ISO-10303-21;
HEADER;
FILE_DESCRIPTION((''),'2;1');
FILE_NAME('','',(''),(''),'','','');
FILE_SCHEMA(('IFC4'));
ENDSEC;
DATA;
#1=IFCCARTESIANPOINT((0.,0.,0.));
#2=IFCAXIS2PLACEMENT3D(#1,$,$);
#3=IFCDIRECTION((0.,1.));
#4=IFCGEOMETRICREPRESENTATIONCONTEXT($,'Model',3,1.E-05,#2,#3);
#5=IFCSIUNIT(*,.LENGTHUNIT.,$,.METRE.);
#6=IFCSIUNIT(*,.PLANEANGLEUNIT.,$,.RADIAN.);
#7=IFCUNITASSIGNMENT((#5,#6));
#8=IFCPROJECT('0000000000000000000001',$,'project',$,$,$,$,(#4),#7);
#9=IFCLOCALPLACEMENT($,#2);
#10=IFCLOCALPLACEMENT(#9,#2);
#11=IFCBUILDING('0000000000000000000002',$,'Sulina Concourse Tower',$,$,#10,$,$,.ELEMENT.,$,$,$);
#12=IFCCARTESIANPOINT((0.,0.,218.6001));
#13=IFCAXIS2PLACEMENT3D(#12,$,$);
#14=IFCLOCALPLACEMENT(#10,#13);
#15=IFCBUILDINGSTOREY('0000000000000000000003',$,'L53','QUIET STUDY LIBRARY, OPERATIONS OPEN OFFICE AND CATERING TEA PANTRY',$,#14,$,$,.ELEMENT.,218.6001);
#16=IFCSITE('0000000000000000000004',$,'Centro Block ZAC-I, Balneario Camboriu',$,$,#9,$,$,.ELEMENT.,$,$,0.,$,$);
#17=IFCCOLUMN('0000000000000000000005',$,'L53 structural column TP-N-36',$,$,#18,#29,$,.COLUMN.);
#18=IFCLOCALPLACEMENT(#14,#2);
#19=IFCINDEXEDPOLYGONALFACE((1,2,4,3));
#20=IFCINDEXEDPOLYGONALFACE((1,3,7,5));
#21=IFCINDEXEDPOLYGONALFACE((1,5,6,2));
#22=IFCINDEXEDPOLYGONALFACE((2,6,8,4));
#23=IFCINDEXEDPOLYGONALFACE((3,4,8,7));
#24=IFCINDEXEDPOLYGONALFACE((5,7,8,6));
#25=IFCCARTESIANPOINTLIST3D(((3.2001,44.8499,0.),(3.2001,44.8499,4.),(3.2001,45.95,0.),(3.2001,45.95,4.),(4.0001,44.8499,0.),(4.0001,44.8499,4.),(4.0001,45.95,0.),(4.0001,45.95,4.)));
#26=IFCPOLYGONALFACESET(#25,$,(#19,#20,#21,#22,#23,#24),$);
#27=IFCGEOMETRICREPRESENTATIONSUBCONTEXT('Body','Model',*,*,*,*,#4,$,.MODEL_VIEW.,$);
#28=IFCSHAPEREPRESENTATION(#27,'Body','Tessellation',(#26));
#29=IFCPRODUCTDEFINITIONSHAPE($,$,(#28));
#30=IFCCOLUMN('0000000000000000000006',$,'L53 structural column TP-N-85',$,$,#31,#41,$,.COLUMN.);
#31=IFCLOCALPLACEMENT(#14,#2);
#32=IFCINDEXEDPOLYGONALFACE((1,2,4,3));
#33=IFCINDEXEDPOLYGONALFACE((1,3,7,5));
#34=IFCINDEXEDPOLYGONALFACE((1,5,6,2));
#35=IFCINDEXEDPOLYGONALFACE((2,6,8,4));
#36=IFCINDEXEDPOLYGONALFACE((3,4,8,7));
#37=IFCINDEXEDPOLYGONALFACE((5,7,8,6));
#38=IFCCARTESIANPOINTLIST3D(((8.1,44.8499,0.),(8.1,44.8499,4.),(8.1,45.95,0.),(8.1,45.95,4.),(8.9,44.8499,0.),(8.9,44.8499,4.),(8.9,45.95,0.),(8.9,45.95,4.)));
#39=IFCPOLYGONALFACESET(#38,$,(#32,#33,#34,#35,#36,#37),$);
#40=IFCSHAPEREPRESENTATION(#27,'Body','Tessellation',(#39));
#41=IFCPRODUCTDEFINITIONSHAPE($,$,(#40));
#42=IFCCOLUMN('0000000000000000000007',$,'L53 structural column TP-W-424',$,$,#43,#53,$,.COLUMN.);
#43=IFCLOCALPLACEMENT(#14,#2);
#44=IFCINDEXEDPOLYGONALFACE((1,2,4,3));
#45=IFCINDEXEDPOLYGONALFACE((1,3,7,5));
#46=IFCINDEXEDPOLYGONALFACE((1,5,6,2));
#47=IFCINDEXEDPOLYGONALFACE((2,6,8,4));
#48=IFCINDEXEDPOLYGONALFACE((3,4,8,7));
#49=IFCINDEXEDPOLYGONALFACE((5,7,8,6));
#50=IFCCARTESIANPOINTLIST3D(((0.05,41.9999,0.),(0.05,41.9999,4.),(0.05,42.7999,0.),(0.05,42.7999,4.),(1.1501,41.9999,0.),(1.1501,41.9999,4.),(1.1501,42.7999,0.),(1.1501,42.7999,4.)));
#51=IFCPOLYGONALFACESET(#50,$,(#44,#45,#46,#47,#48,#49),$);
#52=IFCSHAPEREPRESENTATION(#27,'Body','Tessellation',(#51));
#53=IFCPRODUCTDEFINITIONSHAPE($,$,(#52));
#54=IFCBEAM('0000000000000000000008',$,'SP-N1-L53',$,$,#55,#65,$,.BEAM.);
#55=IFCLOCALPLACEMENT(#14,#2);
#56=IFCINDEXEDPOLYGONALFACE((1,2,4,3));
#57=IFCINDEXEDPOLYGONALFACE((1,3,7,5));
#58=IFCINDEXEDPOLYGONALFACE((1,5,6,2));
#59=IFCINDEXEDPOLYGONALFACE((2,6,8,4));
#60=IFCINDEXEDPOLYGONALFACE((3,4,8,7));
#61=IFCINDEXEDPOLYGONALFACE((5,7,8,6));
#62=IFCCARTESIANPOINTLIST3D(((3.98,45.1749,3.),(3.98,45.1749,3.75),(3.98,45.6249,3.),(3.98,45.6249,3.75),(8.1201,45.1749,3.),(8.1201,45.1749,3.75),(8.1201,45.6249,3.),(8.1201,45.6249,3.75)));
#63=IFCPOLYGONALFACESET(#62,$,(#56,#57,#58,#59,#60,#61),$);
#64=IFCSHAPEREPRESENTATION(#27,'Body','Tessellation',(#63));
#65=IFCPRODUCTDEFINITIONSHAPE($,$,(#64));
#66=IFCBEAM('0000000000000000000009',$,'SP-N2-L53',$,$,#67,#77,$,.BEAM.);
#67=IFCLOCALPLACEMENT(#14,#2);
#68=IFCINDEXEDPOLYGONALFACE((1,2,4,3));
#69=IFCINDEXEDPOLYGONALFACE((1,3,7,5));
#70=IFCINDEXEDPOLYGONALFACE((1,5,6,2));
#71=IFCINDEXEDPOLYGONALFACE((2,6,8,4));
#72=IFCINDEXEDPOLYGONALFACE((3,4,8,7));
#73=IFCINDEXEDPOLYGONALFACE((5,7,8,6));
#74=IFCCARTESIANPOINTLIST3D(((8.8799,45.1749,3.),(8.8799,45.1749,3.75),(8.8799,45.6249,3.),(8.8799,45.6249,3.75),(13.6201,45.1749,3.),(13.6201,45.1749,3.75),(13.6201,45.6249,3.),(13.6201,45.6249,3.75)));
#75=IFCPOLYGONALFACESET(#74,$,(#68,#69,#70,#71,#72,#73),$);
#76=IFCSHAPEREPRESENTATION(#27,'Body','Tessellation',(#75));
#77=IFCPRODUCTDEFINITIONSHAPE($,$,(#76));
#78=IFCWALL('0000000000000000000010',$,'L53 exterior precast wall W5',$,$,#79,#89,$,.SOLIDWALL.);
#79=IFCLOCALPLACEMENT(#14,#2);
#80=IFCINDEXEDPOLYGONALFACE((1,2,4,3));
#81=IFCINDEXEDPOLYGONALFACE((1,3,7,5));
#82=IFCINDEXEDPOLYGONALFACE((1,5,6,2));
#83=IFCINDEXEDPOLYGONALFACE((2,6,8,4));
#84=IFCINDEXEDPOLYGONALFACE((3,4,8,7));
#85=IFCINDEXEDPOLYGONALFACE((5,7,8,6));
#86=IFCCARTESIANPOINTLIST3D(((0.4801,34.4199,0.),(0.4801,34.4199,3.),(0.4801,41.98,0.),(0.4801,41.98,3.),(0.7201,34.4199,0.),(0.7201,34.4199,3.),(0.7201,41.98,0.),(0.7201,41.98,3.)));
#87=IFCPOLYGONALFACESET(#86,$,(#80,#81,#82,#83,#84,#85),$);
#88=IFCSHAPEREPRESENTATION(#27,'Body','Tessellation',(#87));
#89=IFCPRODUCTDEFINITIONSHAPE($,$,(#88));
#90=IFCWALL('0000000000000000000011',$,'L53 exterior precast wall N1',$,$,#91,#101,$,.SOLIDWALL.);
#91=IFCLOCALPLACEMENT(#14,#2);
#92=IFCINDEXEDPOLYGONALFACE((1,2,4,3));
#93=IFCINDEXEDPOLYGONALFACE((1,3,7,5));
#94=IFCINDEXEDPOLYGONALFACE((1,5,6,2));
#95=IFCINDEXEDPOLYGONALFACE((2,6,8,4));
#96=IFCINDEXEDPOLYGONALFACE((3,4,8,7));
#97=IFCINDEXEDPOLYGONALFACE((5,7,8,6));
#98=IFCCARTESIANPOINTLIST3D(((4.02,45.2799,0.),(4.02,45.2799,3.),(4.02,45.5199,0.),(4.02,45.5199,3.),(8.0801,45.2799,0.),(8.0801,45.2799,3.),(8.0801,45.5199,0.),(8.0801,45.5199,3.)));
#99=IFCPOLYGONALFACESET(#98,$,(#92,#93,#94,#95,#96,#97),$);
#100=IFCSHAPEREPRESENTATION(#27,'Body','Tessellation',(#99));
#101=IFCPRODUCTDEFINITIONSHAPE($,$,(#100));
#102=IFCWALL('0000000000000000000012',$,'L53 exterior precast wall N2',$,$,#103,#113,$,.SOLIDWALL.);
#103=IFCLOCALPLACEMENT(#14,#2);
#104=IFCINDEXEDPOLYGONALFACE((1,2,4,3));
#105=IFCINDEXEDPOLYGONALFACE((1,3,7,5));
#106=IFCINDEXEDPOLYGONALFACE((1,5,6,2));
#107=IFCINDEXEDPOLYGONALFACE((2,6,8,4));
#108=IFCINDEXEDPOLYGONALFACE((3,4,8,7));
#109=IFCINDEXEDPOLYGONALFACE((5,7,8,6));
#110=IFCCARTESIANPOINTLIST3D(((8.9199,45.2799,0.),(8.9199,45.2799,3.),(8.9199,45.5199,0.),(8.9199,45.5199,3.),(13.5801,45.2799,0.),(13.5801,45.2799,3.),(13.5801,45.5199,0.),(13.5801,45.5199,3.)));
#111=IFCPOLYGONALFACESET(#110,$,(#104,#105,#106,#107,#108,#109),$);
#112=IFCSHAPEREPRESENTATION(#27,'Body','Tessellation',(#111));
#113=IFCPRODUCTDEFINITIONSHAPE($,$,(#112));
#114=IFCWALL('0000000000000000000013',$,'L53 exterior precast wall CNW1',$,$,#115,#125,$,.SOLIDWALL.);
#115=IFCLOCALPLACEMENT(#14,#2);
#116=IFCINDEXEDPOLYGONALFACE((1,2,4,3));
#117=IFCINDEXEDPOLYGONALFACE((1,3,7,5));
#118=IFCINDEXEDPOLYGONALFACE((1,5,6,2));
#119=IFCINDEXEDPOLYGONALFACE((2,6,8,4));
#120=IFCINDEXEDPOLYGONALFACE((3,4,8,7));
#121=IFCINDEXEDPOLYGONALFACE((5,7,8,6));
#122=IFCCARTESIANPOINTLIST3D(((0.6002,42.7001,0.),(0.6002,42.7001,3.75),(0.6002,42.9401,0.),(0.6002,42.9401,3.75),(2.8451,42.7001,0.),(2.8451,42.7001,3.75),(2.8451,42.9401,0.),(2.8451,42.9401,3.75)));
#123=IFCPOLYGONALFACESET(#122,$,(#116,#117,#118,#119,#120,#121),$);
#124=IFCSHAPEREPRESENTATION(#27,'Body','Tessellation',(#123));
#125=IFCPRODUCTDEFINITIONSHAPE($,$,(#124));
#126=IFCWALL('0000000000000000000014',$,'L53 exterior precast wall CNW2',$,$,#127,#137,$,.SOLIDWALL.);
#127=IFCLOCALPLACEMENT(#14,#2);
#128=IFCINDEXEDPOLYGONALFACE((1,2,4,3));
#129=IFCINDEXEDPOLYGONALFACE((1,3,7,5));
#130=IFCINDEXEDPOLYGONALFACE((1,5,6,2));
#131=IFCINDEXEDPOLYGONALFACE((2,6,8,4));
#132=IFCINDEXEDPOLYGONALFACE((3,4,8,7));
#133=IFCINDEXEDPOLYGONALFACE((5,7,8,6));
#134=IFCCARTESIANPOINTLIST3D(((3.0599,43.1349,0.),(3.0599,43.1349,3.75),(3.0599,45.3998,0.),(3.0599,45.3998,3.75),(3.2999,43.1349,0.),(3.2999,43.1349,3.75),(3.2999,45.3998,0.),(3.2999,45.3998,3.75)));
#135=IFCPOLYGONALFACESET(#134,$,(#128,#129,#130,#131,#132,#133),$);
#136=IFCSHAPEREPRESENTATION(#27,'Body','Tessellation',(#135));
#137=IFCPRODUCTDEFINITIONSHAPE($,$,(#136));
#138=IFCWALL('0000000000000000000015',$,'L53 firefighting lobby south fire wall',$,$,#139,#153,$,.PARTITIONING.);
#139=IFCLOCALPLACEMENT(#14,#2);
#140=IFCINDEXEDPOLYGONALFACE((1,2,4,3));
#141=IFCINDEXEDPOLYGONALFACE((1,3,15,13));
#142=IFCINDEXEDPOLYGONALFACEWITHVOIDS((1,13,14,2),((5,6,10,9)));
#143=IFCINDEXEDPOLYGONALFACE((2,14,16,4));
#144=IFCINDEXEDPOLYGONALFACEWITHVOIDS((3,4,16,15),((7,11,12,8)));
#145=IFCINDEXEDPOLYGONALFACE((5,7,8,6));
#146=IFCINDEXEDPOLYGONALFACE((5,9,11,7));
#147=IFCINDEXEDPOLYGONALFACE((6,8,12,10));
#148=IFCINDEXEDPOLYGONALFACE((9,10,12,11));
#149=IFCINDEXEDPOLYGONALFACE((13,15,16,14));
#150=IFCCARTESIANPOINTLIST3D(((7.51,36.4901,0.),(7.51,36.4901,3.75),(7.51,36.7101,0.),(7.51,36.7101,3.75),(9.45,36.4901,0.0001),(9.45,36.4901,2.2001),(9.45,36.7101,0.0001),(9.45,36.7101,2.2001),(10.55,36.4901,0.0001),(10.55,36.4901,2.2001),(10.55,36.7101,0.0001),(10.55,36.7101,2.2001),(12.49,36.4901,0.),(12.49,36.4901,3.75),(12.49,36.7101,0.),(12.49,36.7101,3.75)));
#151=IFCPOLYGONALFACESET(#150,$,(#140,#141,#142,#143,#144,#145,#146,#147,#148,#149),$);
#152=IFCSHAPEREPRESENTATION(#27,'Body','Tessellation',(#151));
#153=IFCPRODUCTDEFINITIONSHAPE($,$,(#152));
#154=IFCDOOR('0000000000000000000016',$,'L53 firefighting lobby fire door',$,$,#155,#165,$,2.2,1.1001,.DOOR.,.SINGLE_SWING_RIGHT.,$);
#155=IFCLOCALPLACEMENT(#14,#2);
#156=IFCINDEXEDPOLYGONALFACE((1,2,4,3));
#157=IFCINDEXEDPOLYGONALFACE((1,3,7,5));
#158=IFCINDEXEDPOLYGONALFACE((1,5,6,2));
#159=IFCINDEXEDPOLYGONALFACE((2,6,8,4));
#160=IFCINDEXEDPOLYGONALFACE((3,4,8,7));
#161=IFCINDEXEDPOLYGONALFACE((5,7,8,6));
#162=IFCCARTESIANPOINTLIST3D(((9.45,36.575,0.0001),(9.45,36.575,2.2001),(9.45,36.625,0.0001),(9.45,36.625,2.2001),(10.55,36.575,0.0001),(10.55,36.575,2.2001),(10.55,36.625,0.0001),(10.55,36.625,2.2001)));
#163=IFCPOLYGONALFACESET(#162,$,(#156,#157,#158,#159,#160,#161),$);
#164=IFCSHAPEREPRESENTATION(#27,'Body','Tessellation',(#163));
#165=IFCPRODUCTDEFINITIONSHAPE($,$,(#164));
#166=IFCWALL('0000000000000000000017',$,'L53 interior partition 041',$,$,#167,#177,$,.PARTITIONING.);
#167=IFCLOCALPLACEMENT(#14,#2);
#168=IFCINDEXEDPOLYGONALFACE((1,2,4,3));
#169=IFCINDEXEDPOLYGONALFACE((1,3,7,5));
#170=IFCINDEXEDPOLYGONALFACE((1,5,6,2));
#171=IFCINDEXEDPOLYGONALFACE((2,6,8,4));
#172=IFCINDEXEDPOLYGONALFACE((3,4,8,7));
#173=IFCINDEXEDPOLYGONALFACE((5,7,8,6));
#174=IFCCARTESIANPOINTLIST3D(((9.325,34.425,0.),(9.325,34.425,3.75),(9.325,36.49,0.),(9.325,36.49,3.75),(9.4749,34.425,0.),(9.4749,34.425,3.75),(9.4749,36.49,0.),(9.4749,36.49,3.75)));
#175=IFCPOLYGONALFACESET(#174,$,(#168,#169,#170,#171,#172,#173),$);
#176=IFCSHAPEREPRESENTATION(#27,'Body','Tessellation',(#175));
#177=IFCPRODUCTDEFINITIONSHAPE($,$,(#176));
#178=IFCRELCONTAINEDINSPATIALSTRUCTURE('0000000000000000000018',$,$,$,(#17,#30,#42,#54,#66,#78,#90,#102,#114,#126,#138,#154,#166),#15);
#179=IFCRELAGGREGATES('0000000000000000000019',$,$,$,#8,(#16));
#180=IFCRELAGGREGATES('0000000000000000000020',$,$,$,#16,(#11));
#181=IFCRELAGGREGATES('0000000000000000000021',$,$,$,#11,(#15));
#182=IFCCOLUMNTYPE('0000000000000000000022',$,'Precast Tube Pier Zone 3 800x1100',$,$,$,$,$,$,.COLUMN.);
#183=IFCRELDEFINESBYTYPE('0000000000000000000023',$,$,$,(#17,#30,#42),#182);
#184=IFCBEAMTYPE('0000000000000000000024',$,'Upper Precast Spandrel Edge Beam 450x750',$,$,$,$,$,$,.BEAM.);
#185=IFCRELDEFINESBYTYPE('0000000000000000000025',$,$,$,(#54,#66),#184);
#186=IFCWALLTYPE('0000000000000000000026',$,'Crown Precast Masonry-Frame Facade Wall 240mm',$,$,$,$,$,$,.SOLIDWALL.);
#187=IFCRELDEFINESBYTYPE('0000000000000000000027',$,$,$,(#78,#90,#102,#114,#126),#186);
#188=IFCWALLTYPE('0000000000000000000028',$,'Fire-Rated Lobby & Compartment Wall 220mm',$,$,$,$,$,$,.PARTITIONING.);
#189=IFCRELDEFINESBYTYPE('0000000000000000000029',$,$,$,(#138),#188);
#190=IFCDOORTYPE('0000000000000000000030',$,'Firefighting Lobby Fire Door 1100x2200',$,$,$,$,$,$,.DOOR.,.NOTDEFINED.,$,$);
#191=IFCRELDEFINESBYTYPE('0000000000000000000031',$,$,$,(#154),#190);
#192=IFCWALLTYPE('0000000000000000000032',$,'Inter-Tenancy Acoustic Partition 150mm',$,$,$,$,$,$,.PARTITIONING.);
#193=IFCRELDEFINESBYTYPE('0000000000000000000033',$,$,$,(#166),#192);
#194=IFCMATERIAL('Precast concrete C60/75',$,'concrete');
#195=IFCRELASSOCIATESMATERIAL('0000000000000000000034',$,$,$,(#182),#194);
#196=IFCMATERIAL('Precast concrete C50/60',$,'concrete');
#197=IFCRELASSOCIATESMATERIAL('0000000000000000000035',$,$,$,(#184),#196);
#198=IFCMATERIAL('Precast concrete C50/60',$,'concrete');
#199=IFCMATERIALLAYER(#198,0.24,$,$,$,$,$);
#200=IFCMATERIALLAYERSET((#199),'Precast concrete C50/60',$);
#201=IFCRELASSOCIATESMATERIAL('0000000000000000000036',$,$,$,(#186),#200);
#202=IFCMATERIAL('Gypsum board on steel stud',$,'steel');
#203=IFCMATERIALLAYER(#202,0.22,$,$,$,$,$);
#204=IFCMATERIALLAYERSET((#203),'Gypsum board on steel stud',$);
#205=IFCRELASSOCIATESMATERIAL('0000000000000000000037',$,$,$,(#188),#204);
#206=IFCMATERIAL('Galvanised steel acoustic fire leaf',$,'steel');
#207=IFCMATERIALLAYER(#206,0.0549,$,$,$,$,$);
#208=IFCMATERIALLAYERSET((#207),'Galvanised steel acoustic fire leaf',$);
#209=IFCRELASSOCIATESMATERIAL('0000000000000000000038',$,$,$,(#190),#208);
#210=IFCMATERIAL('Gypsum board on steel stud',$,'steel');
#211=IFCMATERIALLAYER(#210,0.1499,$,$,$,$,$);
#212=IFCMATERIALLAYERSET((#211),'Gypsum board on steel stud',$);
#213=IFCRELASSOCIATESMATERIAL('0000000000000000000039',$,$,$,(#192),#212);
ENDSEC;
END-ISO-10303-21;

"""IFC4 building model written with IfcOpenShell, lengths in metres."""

from ifc_helpers import new_model, si_unit, direction, frame, frame_2d, origin, origin_2d, place, context, subcontext, project, spatial, rectangle, extrude, material, layer, layer_set, material_profile, profile_set, type_object, element, fill, save


model = new_model("IFC4")

# Units and contexts
model_context = context("Model", 3, precision=1e-05, world=origin(), true_north=direction((0.0, 1.0)))
body_context = subcontext(model_context, "Body", "Model", "MODEL_VIEW")
ifc_project = project(units=[si_unit("LENGTHUNIT", "METRE"), si_unit("PLANEANGLEUNIT", "RADIAN")], contexts=[model_context])

# Site, building, storey
site_placement = place(None, origin())
site = spatial("IfcSite", under=ifc_project, at=site_placement, Name="Centro Block ZAC-I, Balneario Camboriu", CompositionType="ELEMENT", RefElevation=0.0)
building_placement = place(site_placement, origin())
building = spatial("IfcBuilding", under=site, at=building_placement, Name="Sulina Concourse Tower", CompositionType="ELEMENT")
storey_placement = place(building_placement, frame((0.0, 0.0, 218.6001)))
storey = spatial("IfcBuildingStorey", under=building, at=storey_placement, Name="L53", Description="QUIET STUDY LIBRARY, OPERATIONS OPEN OFFICE AND CATERING TEA PANTRY", CompositionType="ELEMENT", Elevation=218.6001)

# Columns
ifc_material_1 = material(Name="Precast concrete C60/75", Category="concrete")
ifc_material_profile_1 = material_profile(ifc_material_1, rectangle(XDim=0.8, YDim=1.1001, at=origin_2d()), Name="PC 800x1100")
ifc_profile_set_1 = profile_set([ifc_material_profile_1], Name="Precast concrete C60/75")
column_type = type_object("IfcColumnType", Name="Precast Tube Pier Zone 3 800x1100", PredefinedType="COLUMN", material=ifc_profile_set_1)
for number, where, z_axis, x_axis, name in (
    (1, (3.6001, 45.3999, 0.0), (0.0, 0.0, 1.0), (1.0, 0.0, 0.0), "L53 structural column TP-N-36"),
    (2, (8.5, 45.3999, 0.0), (0.0, 0.0, 1.0), (1.0, 0.0, 0.0), "L53 structural column TP-N-85"),
    (3, (0.6001, 42.3999, 0.0), (0.0, 0.0, 1.0), (0.0, 1.0, 0.0), "L53 structural column TP-W-424"),
):
    element("IfcColumn", number, at=place(storey_placement, frame(where, z_axis=z_axis, x_axis=x_axis)), inside=storey, type_object=column_type, Name=name, PredefinedType="COLUMN", context=body_context, shape_type="SweptSolid", body=[
        extrude(rectangle(XDim=0.8, YDim=1.1001, at=origin_2d()), origin(), (0.0, 0.0, 1.0), 4.0),
    ])

# Beams
ifc_material_2 = material(Name="Precast concrete C50/60", Category="concrete")
ifc_material_profile_2 = material_profile(ifc_material_2, rectangle(XDim=0.45, YDim=0.75, at=origin_2d()), Name="RC 450x750")
ifc_profile_set_2 = profile_set([ifc_material_profile_2], Name="Precast concrete C50/60")
beam_type = type_object("IfcBeamType", Name="Upper Precast Spandrel Edge Beam 450x750", PredefinedType="BEAM", material=ifc_profile_set_2)
beam_1_placement = place(storey_placement, frame((3.98, 45.3999, 3.375), z_axis=(1.0, 0.0, 0.0), x_axis=(0.0, 1.0, 0.0)))
element("IfcBeam", 4, at=beam_1_placement, inside=storey, type_object=beam_type, Name="SP-N1-L53", PredefinedType="BEAM", context=body_context, shape_type="SweptSolid", body=[
    extrude(rectangle(XDim=0.45, YDim=0.75, at=origin_2d()), origin(), (0.0, 0.0, 1.0), 4.1401),
])
beam_2_placement = place(storey_placement, frame((8.8799, 45.3999, 3.375), z_axis=(1.0, 0.0, 0.0), x_axis=(0.0, 1.0, 0.0)))
element("IfcBeam", 5, at=beam_2_placement, inside=storey, type_object=beam_type, Name="SP-N2-L53", PredefinedType="BEAM", context=body_context, shape_type="SweptSolid", body=[
    extrude(rectangle(XDim=0.45, YDim=0.75, at=origin_2d()), origin(), (0.0, 0.0, 1.0), 4.7402),
])

# Walls
ifc_material_3 = material(Name="Precast concrete C50/60", Category="concrete")
ifc_layer_1 = layer(ifc_material_3, 0.24)
ifc_layer_set_1 = layer_set([ifc_layer_1], Name="Precast concrete C50/60")
wall_type_1 = type_object("IfcWallType", Name="Crown Precast Masonry-Frame Facade Wall 240mm", PredefinedType="SOLIDWALL", material=ifc_layer_set_1)
wall_1_placement = place(storey_placement, frame((0.6001, 34.4199, 0.0), z_axis=(0.0, 0.0, 1.0), x_axis=(0.0, 1.0, 0.0)))
element("IfcWall", 6, at=wall_1_placement, inside=storey, type_object=wall_type_1, Name="L53 exterior precast wall W5", PredefinedType="SOLIDWALL", context=body_context, shape_type="SweptSolid", body=[
    extrude(rectangle(XDim=7.5601, YDim=0.24, at=frame_2d((3.78, 0.0))), origin(), (0.0, 0.0, 1.0), 3.0),
])
wall_2_placement = place(storey_placement, frame((4.02, 45.3999, 0.0), z_axis=(0.0, 0.0, 1.0), x_axis=(1.0, 0.0, 0.0)))
element("IfcWall", 7, at=wall_2_placement, inside=storey, type_object=wall_type_1, Name="L53 exterior precast wall N1", PredefinedType="SOLIDWALL", context=body_context, shape_type="SweptSolid", body=[
    extrude(rectangle(XDim=4.0601, YDim=0.24, at=frame_2d((2.03, 0.0))), origin(), (0.0, 0.0, 1.0), 3.0),
])
wall_3_placement = place(storey_placement, frame((8.9199, 45.3999, 0.0), z_axis=(0.0, 0.0, 1.0), x_axis=(1.0, 0.0, 0.0)))
element("IfcWall", 8, at=wall_3_placement, inside=storey, type_object=wall_type_1, Name="L53 exterior precast wall N2", PredefinedType="SOLIDWALL", context=body_context, shape_type="SweptSolid", body=[
    extrude(rectangle(XDim=4.6602, YDim=0.24, at=frame_2d((2.3301, 0.0))), origin(), (0.0, 0.0, 1.0), 3.0),
])
wall_4_placement = place(storey_placement, frame((0.6001, 42.8201, 0.0), z_axis=(0.0, 0.0, 1.0), x_axis=(1.0, 0.0, 0.0)))
element("IfcWall", 9, at=wall_4_placement, inside=storey, type_object=wall_type_1, Name="L53 exterior precast wall CNW1", PredefinedType="SOLIDWALL", context=body_context, shape_type="SweptSolid", body=[
    extrude(rectangle(XDim=2.2449, YDim=0.24, at=frame_2d((1.1226, 0.0))), origin(), (0.0, 0.0, 1.0), 3.75),
])
wall_5_placement = place(storey_placement, frame((3.1799, 43.135, 0.0), z_axis=(0.0, 0.0, 1.0), x_axis=(0.0, 1.0, 0.0)))
element("IfcWall", 10, at=wall_5_placement, inside=storey, type_object=wall_type_1, Name="L53 exterior precast wall CNW2", PredefinedType="SOLIDWALL", context=body_context, shape_type="SweptSolid", body=[
    extrude(rectangle(XDim=2.2649, YDim=0.24, at=frame_2d((1.1323, 0.0))), origin(), (0.0, 0.0, 1.0), 3.75),
])

# Wall, opening, door
ifc_material_4 = material(Name="Gypsum board on steel stud", Category="steel")
ifc_layer_2 = layer(ifc_material_4, 0.22)
ifc_layer_set_2 = layer_set([ifc_layer_2], Name="Gypsum board on steel stud")
wall_type_2 = type_object("IfcWallType", Name="Fire-Rated Lobby & Compartment Wall 220mm", PredefinedType="PARTITIONING", material=ifc_layer_set_2)
wall_6_placement = place(storey_placement, frame((7.51, 36.6001, 0.0), z_axis=(0.0, 0.0, 1.0), x_axis=(1.0, 0.0, 0.0)))
wall_6 = element("IfcWall", 11, at=wall_6_placement, inside=storey, type_object=wall_type_2, Name="L53 firefighting lobby south fire wall", PredefinedType="PARTITIONING", context=body_context, shape_type="SweptSolid", body=[
    extrude(rectangle(XDim=4.98, YDim=0.22, at=frame_2d((2.49, 0.0))), origin(), (0.0, 0.0, 1.0), 3.75),
])
opening_placement = place(wall_6_placement, frame((1.9399, 0.0, 0.0)))
opening = element("IfcOpeningElement", 12, at=opening_placement, cuts=wall_6, PredefinedType="OPENING", context=body_context, shape_type="SweptSolid", body=[
    extrude(rectangle(XDim=1.1001, YDim=2.2, at=frame_2d((0.55, 1.1001))), frame((0.0, 0.1199, 0.0), z_axis=(0.0, -1.0, 0.0), x_axis=(1.0, 0.0, 0.0)), (0.0, 0.0, 1.0), 0.24),
])
ifc_material_5 = material(Name="Galvanised steel acoustic fire leaf", Category="steel")
ifc_layer_3 = layer(ifc_material_5, 0.0549)
ifc_layer_set_3 = layer_set([ifc_layer_3], Name="Galvanised steel acoustic fire leaf")
door_type = type_object("IfcDoorType", Name="Firefighting Lobby Fire Door 1100x2200", OperationType="NOTDEFINED", PredefinedType="DOOR", material=ifc_layer_set_3)
door_placement = place(opening_placement, origin())
door = element("IfcDoor", 13, at=door_placement, inside=storey, type_object=door_type, Name="L53 firefighting lobby fire door", OperationType="SINGLE_SWING_RIGHT", OverallHeight=2.2, OverallWidth=1.1001, PredefinedType="DOOR", context=body_context, shape_type="SweptSolid", body=[
    extrude(rectangle(XDim=1.1001, YDim=2.2, at=frame_2d((0.55, 1.1001))), frame((0.0, 0.0249, 0.0), z_axis=(0.0, -1.0, 0.0), x_axis=(1.0, 0.0, 0.0)), (0.0, 0.0, 1.0), 0.05),
])
fill(opening, door)

# Wall
ifc_material_6 = material(Name="Gypsum board on steel stud", Category="steel")
ifc_layer_4 = layer(ifc_material_6, 0.1499)
ifc_layer_set_4 = layer_set([ifc_layer_4], Name="Gypsum board on steel stud")
wall_type_3 = type_object("IfcWallType", Name="Inter-Tenancy Acoustic Partition 150mm", PredefinedType="PARTITIONING", material=ifc_layer_set_4)
wall_7_placement = place(storey_placement, frame((9.3999, 34.425, 0.0), z_axis=(0.0, 0.0, 1.0), x_axis=(0.0, 1.0, 0.0)))
element("IfcWall", 14, at=wall_7_placement, inside=storey, type_object=wall_type_3, Name="L53 interior partition 041", PredefinedType="PARTITIONING", context=body_context, shape_type="SweptSolid", body=[
    extrude(rectangle(XDim=2.0649, YDim=0.1499, at=frame_2d((1.0325, 0.0))), origin(), (0.0, 0.0, 1.0), 3.75),
])

save(model, "model.ifc")
